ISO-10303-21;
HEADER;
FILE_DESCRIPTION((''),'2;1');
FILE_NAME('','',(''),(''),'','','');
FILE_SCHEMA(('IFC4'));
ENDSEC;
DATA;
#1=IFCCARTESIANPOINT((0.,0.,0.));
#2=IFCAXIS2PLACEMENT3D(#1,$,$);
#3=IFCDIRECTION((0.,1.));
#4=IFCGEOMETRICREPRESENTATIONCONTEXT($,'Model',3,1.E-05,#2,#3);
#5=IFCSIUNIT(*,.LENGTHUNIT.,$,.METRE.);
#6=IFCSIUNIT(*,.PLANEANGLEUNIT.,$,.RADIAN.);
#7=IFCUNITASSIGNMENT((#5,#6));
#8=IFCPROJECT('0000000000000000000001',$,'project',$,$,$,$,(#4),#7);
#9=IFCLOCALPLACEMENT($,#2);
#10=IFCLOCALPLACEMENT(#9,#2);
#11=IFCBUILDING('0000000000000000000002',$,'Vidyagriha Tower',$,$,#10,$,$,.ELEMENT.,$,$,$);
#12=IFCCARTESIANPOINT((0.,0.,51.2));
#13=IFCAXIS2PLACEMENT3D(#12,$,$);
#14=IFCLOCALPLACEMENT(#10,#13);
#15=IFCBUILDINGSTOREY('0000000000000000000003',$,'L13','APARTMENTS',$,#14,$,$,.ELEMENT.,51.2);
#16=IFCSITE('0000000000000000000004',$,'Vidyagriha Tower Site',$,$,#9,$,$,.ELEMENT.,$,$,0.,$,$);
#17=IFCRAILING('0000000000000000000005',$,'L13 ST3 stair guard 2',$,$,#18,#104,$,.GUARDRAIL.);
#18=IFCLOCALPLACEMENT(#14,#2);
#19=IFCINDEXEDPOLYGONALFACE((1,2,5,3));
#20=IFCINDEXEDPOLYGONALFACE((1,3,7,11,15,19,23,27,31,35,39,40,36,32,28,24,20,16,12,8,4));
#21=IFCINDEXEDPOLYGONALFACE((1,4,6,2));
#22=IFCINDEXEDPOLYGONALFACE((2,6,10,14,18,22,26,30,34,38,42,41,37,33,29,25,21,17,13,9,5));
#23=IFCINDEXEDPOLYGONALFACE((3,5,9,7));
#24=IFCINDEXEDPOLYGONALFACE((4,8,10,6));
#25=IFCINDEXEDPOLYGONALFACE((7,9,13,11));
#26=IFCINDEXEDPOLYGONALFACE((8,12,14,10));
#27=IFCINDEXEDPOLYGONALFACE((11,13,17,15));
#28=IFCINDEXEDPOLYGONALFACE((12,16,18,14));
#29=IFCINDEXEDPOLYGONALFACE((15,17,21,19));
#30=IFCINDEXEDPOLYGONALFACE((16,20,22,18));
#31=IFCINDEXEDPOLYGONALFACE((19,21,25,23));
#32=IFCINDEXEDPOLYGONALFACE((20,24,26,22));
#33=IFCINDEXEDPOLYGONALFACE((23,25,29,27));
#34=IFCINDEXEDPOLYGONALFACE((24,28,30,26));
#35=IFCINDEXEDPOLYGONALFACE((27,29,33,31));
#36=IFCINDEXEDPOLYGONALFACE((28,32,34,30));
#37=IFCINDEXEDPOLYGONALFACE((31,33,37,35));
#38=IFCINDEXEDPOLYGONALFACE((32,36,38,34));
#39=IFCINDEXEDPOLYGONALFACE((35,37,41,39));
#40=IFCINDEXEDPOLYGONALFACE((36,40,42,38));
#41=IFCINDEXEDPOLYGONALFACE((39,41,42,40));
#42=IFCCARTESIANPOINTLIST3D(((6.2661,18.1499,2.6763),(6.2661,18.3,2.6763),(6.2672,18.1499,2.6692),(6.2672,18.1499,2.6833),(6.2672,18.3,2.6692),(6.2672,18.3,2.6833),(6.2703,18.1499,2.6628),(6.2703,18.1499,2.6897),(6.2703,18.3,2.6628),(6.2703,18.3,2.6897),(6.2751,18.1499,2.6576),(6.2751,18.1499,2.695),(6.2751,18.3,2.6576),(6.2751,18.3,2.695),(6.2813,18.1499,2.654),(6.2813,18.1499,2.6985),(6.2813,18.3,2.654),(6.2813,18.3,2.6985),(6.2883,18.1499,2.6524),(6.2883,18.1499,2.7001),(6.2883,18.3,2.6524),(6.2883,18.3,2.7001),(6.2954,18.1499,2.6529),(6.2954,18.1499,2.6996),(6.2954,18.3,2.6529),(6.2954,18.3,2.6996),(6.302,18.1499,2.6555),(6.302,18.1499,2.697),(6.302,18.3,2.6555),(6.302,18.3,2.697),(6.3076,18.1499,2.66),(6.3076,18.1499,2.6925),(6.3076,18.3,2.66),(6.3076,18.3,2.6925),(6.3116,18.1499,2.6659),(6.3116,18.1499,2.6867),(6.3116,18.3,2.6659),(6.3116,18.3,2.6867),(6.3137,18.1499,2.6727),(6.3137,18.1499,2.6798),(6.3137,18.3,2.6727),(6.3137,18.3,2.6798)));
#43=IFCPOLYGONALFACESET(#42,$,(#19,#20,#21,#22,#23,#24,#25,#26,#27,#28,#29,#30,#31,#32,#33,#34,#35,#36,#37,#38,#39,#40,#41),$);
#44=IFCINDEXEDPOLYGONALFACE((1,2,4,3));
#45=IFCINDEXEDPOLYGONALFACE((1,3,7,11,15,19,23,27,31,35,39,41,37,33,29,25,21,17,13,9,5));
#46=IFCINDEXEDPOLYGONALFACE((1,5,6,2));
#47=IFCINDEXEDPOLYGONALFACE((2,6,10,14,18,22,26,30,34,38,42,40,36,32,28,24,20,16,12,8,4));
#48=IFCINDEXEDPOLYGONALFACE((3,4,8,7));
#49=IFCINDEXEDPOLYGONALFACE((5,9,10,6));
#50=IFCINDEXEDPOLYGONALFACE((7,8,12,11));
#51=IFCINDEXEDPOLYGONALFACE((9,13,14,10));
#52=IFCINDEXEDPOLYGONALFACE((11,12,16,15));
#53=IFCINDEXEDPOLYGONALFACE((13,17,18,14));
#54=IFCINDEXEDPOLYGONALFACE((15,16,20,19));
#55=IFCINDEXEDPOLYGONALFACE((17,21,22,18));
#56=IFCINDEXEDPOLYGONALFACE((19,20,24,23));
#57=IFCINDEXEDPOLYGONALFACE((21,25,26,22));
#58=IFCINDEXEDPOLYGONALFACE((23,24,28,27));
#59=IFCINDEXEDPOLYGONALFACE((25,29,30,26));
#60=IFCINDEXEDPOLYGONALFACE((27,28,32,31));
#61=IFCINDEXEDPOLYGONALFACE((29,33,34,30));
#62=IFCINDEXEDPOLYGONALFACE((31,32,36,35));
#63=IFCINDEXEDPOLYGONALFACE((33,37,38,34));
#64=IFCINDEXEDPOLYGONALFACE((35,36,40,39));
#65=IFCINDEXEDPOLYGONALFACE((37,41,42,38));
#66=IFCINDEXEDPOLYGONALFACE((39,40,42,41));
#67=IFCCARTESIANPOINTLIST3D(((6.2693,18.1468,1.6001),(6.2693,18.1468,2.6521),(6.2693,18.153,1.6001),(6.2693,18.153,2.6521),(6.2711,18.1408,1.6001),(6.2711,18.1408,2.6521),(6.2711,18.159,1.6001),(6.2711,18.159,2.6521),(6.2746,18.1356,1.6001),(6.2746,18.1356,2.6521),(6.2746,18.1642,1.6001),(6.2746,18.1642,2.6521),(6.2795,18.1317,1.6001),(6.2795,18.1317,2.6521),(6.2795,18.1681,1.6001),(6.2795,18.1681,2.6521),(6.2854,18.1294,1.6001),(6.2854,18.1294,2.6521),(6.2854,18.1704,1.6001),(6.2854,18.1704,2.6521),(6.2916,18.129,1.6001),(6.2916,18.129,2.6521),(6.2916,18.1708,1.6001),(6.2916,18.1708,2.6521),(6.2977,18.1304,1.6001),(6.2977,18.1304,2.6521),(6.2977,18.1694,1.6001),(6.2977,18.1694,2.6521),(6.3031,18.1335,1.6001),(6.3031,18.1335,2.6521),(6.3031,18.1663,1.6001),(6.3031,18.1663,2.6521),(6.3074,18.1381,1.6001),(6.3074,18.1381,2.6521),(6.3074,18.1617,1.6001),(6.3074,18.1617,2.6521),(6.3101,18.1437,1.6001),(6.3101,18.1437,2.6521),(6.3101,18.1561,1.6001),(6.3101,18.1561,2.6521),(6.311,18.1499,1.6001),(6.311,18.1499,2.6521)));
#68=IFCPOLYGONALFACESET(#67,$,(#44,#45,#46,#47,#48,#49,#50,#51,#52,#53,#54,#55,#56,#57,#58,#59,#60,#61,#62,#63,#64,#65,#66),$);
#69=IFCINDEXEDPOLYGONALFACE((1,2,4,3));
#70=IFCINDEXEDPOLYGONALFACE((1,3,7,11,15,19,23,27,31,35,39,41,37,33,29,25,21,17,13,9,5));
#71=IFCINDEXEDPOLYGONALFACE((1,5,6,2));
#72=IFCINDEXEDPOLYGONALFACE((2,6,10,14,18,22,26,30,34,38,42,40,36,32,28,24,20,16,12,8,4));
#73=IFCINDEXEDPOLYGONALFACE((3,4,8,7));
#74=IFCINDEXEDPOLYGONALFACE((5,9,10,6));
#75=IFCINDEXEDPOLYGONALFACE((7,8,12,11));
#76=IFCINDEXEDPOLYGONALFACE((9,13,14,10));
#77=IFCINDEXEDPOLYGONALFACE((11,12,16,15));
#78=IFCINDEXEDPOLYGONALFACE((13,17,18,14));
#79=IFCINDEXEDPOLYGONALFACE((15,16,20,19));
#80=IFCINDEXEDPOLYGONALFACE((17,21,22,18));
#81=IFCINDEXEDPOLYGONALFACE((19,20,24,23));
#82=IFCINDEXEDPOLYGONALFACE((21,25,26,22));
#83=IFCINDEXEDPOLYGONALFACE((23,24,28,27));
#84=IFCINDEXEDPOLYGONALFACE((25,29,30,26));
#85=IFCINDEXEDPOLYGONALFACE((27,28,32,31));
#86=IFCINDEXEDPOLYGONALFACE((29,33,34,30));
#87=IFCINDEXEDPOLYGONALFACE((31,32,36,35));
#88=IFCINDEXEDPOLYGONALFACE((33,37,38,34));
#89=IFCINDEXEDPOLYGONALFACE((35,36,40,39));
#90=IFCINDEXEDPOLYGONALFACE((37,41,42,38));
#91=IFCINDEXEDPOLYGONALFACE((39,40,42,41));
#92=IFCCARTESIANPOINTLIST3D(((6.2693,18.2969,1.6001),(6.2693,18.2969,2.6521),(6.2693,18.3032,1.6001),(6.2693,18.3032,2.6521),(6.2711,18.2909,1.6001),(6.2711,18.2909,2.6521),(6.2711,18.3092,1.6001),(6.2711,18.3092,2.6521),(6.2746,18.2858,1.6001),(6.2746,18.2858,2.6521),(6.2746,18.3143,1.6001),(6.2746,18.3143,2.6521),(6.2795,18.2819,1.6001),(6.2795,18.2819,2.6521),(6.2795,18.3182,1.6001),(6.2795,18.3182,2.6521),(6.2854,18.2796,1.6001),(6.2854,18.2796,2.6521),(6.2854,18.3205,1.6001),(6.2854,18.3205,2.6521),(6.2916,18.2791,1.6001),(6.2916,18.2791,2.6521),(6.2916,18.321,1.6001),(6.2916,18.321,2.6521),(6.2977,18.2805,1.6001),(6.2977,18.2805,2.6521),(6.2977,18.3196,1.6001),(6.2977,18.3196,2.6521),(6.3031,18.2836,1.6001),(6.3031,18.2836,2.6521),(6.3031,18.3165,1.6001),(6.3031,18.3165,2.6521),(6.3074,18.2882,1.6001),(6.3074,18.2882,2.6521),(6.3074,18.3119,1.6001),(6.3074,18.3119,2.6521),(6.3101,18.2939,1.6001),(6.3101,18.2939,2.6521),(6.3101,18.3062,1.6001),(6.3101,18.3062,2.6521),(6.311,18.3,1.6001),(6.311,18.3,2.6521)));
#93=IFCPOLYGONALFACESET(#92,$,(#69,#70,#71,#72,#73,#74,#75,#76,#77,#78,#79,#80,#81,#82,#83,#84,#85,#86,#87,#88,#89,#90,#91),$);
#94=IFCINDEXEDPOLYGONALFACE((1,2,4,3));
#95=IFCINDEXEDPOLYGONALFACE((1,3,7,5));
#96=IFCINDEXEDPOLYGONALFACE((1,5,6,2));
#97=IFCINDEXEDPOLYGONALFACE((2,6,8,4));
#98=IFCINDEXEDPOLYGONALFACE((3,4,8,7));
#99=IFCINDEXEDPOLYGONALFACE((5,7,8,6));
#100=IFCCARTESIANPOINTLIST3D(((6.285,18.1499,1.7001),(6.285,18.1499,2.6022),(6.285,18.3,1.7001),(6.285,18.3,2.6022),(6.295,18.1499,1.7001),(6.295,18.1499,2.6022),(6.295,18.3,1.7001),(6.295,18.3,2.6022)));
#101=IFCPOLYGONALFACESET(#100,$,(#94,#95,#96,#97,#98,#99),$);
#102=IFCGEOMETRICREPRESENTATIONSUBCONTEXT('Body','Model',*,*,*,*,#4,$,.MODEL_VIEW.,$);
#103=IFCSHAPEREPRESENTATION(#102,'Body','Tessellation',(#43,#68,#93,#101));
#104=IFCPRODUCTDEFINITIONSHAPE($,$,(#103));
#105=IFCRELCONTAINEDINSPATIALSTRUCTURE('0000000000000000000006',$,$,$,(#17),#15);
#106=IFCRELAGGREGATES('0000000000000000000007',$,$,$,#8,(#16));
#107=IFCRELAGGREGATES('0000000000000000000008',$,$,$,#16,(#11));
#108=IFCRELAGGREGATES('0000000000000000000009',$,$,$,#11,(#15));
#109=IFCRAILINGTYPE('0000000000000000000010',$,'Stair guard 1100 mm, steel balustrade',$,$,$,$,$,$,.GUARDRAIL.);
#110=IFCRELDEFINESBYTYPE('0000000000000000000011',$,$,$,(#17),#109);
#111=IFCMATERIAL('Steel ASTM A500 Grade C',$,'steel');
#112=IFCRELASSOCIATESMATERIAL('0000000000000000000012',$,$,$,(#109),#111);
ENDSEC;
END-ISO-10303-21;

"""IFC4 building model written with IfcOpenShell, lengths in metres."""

from ifc_helpers import new_model, si_unit, direction, frame, origin, origin_2d, place, context, subcontext, project, spatial, rectangle, circle, extrude, material, type_object, element, save


model = new_model("IFC4")

# Units and contexts
model_context = context("Model", 3, precision=1e-05, world=origin(), true_north=direction((0.0, 1.0)))
body_context = subcontext(model_context, "Body", "Model", "MODEL_VIEW")
ifc_project = project(units=[si_unit("LENGTHUNIT", "METRE"), si_unit("PLANEANGLEUNIT", "RADIAN")], contexts=[model_context])

# Site, building, storey
site_placement = place(None, origin())
site = spatial("IfcSite", under=ifc_project, at=site_placement, Name="Vidyagriha Tower Site", CompositionType="ELEMENT", RefElevation=0.0)
building_placement = place(site_placement, origin())
building = spatial("IfcBuilding", under=site, at=building_placement, Name="Vidyagriha Tower", CompositionType="ELEMENT")
storey_placement = place(building_placement, frame((0.0, 0.0, 51.2)))
storey = spatial("IfcBuildingStorey", under=building, at=storey_placement, Name="L13", Description="APARTMENTS", CompositionType="ELEMENT", Elevation=51.2)

# Railing
ifc_material_1 = material(Name="Steel ASTM A500 Grade C", Category="steel")
railing_type_1 = type_object("IfcRailingType", Name="Stair guard 1100 mm, steel balustrade", PredefinedType="GUARDRAIL", material=ifc_material_1)
railing_1_placement = place(storey_placement, frame((6.29, 18.1499, 1.6001)))
element("IfcRailing", 1, at=railing_1_placement, inside=storey, type_object=railing_type_1, Name="L13 ST3 stair guard 2", PredefinedType="GUARDRAIL", context=body_context, shape_type="SweptSolid", body=[
    extrude(circle(Radius=0.0239, at=origin_2d()), frame((0.0, 0.0, 1.0762), z_axis=(0.0, 1.0, 0.0), x_axis=(-1.0, 0.0, 0.0)), (0.0, 0.0, 1.0), 0.1501),
    extrude(circle(Radius=0.021, at=origin_2d()), origin(), (0.0, 0.0, 1.0), 1.052),
    extrude(circle(Radius=0.021, at=origin_2d()), frame((0.0, 0.1501, 0.0)), (0.0, 0.0, 1.0), 1.052),
    extrude(rectangle(XDim=0.01, YDim=0.9021, at=origin_2d()), frame((0.0, 0.0, 0.551), z_axis=(0.0, 1.0, 0.0), x_axis=(-1.0, 0.0, 0.0)), (0.0, 0.0, 1.0), 0.1501),
])

save(model, "model.ifc")
